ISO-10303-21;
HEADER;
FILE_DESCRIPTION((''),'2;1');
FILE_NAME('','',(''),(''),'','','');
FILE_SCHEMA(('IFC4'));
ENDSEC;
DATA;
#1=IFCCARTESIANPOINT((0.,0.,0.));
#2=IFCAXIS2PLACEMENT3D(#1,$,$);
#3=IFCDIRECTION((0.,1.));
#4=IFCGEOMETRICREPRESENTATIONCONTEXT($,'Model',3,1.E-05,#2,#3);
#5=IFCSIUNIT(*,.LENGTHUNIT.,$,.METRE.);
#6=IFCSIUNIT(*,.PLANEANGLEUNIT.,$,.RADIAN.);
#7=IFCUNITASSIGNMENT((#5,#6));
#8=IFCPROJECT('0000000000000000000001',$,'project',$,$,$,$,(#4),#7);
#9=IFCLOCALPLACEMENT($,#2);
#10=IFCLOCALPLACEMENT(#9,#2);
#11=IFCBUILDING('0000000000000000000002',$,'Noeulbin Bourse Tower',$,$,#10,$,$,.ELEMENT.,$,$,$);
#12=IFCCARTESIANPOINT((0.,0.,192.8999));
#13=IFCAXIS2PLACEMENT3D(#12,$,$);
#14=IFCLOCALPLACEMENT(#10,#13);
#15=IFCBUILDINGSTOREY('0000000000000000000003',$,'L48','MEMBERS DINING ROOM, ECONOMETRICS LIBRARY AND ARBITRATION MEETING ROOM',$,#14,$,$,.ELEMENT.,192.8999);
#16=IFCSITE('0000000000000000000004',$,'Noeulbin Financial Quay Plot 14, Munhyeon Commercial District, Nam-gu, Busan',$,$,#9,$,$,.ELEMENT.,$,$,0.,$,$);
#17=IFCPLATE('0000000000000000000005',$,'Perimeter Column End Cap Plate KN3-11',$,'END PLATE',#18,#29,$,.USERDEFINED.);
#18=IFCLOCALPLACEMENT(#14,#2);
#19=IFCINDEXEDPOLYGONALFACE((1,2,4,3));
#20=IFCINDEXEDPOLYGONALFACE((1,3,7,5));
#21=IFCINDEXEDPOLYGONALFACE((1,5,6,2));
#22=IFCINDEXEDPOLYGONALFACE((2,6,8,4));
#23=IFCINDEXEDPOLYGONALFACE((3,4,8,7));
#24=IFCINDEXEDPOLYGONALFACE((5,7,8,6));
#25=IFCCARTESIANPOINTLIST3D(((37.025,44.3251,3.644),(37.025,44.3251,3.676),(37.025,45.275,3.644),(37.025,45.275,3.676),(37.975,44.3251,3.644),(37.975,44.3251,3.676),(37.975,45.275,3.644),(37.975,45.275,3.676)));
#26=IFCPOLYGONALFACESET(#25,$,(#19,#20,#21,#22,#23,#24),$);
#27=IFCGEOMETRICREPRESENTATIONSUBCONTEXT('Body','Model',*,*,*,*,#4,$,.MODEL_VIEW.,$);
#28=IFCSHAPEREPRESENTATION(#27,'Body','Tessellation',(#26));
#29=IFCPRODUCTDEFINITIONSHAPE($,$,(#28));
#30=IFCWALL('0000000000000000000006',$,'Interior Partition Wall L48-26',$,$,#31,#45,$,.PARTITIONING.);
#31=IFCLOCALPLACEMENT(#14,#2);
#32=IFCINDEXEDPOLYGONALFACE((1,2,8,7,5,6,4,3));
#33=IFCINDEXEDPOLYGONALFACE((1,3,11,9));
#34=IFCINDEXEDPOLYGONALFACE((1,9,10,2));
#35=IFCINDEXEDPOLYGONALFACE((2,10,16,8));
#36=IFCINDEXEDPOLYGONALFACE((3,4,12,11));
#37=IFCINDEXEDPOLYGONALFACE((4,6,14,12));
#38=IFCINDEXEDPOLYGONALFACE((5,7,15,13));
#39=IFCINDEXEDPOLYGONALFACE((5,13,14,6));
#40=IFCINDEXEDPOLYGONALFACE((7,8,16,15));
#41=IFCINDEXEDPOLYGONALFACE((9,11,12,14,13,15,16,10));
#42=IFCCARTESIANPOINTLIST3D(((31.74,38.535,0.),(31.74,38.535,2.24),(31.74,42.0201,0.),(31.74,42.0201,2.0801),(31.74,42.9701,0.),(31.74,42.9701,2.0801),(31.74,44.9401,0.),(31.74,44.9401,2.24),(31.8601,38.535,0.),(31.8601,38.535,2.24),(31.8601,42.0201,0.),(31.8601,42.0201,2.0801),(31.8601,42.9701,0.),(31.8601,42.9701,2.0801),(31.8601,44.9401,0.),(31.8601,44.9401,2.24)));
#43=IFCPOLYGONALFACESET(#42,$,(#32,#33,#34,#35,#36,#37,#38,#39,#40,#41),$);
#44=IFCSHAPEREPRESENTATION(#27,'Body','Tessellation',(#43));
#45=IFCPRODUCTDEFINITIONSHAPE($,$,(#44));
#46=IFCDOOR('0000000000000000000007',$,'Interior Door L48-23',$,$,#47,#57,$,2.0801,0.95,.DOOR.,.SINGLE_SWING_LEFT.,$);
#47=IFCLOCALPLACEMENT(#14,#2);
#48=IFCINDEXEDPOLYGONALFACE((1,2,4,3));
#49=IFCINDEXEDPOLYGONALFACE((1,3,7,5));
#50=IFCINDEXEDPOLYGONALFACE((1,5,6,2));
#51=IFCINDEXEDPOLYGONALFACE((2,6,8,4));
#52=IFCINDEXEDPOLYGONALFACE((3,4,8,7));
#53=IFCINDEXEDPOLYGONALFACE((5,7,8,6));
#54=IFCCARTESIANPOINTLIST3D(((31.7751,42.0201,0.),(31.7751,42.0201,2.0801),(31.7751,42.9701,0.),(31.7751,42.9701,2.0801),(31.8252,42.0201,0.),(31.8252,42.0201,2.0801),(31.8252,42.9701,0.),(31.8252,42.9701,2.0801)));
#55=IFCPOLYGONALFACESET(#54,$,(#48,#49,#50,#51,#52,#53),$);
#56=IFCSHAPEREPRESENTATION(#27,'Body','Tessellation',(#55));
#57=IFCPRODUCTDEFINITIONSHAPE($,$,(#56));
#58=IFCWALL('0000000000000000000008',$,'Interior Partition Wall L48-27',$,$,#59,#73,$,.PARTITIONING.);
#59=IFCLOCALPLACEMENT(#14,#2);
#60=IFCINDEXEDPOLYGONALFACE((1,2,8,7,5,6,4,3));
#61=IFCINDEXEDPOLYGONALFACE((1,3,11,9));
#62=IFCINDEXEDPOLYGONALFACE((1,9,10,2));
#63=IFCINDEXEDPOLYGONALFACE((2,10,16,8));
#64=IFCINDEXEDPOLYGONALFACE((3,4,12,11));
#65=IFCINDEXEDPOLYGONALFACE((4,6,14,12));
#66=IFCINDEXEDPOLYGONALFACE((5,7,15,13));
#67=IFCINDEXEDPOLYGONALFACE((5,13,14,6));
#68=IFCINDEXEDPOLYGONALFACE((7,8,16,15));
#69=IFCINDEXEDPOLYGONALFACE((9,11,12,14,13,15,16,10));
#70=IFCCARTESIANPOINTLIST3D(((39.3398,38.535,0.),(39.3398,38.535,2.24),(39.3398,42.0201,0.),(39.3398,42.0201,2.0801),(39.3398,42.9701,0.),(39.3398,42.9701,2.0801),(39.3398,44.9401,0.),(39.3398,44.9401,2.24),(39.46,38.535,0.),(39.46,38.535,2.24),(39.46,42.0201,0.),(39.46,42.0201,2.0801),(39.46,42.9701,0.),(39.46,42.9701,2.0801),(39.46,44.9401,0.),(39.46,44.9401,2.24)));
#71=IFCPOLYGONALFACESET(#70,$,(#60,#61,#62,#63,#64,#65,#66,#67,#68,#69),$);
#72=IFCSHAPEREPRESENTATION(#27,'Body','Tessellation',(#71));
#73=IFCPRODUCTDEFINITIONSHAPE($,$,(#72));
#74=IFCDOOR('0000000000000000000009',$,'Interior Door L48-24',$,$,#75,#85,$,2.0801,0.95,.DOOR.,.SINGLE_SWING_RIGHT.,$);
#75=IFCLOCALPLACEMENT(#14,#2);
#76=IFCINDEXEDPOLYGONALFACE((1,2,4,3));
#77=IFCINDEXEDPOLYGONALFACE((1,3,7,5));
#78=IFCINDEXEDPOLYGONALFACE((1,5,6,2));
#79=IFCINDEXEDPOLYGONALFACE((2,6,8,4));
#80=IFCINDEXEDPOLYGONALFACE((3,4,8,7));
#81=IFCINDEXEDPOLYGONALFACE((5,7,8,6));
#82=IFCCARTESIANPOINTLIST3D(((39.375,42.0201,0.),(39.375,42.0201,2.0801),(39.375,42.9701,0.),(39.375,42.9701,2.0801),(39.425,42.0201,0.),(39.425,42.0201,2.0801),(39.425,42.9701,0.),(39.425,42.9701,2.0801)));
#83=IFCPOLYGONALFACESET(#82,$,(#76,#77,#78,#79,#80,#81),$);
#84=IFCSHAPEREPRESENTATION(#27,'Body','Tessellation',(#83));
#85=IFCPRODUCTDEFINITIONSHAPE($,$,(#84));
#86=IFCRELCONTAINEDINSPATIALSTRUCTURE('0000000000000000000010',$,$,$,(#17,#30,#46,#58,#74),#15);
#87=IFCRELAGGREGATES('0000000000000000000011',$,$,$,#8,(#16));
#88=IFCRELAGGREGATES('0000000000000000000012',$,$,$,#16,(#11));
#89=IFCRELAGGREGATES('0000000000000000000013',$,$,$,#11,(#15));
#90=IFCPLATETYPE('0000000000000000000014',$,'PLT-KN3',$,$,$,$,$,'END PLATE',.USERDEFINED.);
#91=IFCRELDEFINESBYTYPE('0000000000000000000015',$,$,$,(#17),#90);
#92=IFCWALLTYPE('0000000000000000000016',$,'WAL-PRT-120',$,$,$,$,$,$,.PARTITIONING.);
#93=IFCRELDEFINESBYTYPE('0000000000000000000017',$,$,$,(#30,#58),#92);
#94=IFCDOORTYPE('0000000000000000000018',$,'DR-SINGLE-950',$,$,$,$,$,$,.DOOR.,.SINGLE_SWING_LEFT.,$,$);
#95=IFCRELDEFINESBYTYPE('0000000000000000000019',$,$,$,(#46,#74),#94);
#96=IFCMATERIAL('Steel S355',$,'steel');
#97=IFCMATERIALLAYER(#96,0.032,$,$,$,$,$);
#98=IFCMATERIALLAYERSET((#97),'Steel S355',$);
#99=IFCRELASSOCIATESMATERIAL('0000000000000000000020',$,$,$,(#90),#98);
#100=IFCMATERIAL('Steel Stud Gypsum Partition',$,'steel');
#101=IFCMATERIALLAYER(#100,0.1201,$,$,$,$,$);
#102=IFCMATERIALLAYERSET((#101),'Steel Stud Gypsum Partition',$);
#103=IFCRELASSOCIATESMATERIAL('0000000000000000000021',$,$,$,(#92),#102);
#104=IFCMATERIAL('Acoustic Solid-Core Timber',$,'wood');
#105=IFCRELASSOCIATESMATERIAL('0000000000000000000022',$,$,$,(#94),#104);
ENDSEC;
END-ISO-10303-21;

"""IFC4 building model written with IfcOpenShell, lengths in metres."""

from ifc_helpers import new_model, si_unit, direction, frame, frame_2d, origin, origin_2d, place, context, subcontext, project, spatial, rectangle, extrude, material, layer, layer_set, type_object, element, fill, save


model = new_model("IFC4")

# Units and contexts
model_context = context("Model", 3, precision=1e-05, world=origin(), true_north=direction((0.0, 1.0)))
body_context = subcontext(model_context, "Body", "Model", "MODEL_VIEW")
ifc_project = project(units=[si_unit("LENGTHUNIT", "METRE"), si_unit("PLANEANGLEUNIT", "RADIAN")], contexts=[model_context])

# Site, building, storey
site_placement = place(None, origin())
site = spatial("IfcSite", under=ifc_project, at=site_placement, Name="Noeulbin Financial Quay Plot 14, Munhyeon Commercial District, Nam-gu, Busan", CompositionType="ELEMENT", RefElevation=0.0)
building_placement = place(site_placement, origin())
building = spatial("IfcBuilding", under=site, at=building_placement, Name="Noeulbin Bourse Tower", CompositionType="ELEMENT")
storey_placement = place(building_placement, frame((0.0, 0.0, 192.8999)))
storey = spatial("IfcBuildingStorey", under=building, at=storey_placement, Name="L48", Description="MEMBERS DINING ROOM, ECONOMETRICS LIBRARY AND ARBITRATION MEETING ROOM", CompositionType="ELEMENT", Elevation=192.8999)

# Shared definitions
ifc_material_1 = material(Name="Steel S355", Category="steel")

# Plate
ifc_layer_1 = layer(ifc_material_1, 0.032)
ifc_layer_set_1 = layer_set([ifc_layer_1], Name="Steel S355")
plate_type_1 = type_object("IfcPlateType", Name="PLT-KN3", ElementType="END PLATE", PredefinedType="USERDEFINED", material=ifc_layer_set_1)
for number, where, z_axis, x_axis, name in (
    (1, (37.5, 44.8, 3.644), (0.0, 0.0, 1.0), (1.0, 0.0, 0.0), "Perimeter Column End Cap Plate KN3-11"),
):
    element("IfcPlate", number, at=place(storey_placement, frame(where, z_axis=z_axis, x_axis=x_axis)), inside=storey, type_object=plate_type_1, Name=name, ObjectType="END PLATE", PredefinedType="USERDEFINED", context=body_context, shape_type="SweptSolid", body=[
        extrude(rectangle(XDim=0.95, YDim=0.95, at=origin_2d()), origin(), (0.0, 0.0, 1.0), 0.032),
    ])

# Walls, openings, doors
ifc_material_2 = material(Name="Steel Stud Gypsum Partition", Category="steel")
ifc_layer_2 = layer(ifc_material_2, 0.1201)
ifc_layer_set_2 = layer_set([ifc_layer_2], Name="Steel Stud Gypsum Partition")
wall_type = type_object("IfcWallType", Name="WAL-PRT-120", PredefinedType="PARTITIONING", material=ifc_layer_set_2)
wall_1_placement = place(storey_placement, frame((31.8, 38.5349, 0.0), z_axis=(0.0, 0.0, 1.0), x_axis=(0.0, 1.0, 0.0)))
wall_1 = element("IfcWall", 2, at=wall_1_placement, inside=storey, type_object=wall_type, Name="Interior Partition Wall L48-26", PredefinedType="PARTITIONING", context=body_context, shape_type="SweptSolid", body=[
    extrude(rectangle(XDim=6.405, YDim=0.1201, at=frame_2d((3.2026, 0.0))), origin(), (0.0, 0.0, 1.0), 2.24),
])
opening_1_placement = place(wall_1_placement, frame((3.4851, 0.0, 0.0)))
opening_1 = element("IfcOpeningElement", 3, at=opening_1_placement, cuts=wall_1, PredefinedType="OPENING", context=body_context, shape_type="SweptSolid", body=[
    extrude(rectangle(XDim=0.95, YDim=2.0801, at=frame_2d((0.4751, 1.04))), frame((0.0, 0.0701, 0.0), z_axis=(0.0, -1.0, 0.0), x_axis=(1.0, 0.0, 0.0)), (0.0, 0.0, 1.0), 0.1401),
])
ifc_material_3 = material(Name="Acoustic Solid-Core Timber", Category="wood")
door_type = type_object("IfcDoorType", Name="DR-SINGLE-950", OperationType="SINGLE_SWING_LEFT", PredefinedType="DOOR", material=ifc_material_3)
door_1_placement = place(opening_1_placement, origin())
door_1 = element("IfcDoor", 4, at=door_1_placement, inside=storey, type_object=door_type, Name="Interior Door L48-23", OperationType="SINGLE_SWING_LEFT", OverallHeight=2.0801, OverallWidth=0.95, PredefinedType="DOOR", context=body_context, shape_type="SweptSolid", body=[
    extrude(rectangle(XDim=0.95, YDim=2.0801, at=frame_2d((0.4751, 1.04))), frame((0.0, 0.0249, 0.0), z_axis=(0.0, -1.0, 0.0), x_axis=(1.0, 0.0, 0.0)), (0.0, 0.0, 1.0), 0.05),
])
fill(opening_1, door_1)
wall_2_placement = place(storey_placement, frame((39.3999, 38.5349, 0.0), z_axis=(0.0, 0.0, 1.0), x_axis=(0.0, 1.0, 0.0)))
wall_2 = element("IfcWall", 5, at=wall_2_placement, inside=storey, type_object=wall_type, Name="Interior Partition Wall L48-27", PredefinedType="PARTITIONING", context=body_context, shape_type="SweptSolid", body=[
    extrude(rectangle(XDim=6.405, YDim=0.1201, at=frame_2d((3.2026, 0.0))), origin(), (0.0, 0.0, 1.0), 2.24),
])
opening_2_placement = place(wall_2_placement, frame((3.4851, 0.0, 0.0)))
opening_2 = element("IfcOpeningElement", 6, at=opening_2_placement, cuts=wall_2, PredefinedType="OPENING", context=body_context, shape_type="SweptSolid", body=[
    extrude(rectangle(XDim=0.95, YDim=2.0801, at=frame_2d((0.4751, 1.04))), frame((0.0, 0.0701, 0.0), z_axis=(0.0, -1.0, 0.0), x_axis=(1.0, 0.0, 0.0)), (0.0, 0.0, 1.0), 0.1401),
])
door_2_placement = place(opening_2_placement, origin())
door_2 = element("IfcDoor", 7, at=door_2_placement, inside=storey, type_object=door_type, Name="Interior Door L48-24", OperationType="SINGLE_SWING_RIGHT", OverallHeight=2.0801, OverallWidth=0.95, PredefinedType="DOOR", context=body_context, shape_type="SweptSolid", body=[
    extrude(rectangle(XDim=0.95, YDim=2.0801, at=frame_2d((0.4751, 1.04))), frame((0.0, 0.0249, 0.0), z_axis=(0.0, -1.0, 0.0), x_axis=(1.0, 0.0, 0.0)), (0.0, 0.0, 1.0), 0.05),
])
fill(opening_2, door_2)

save(model, "model.ifc")
